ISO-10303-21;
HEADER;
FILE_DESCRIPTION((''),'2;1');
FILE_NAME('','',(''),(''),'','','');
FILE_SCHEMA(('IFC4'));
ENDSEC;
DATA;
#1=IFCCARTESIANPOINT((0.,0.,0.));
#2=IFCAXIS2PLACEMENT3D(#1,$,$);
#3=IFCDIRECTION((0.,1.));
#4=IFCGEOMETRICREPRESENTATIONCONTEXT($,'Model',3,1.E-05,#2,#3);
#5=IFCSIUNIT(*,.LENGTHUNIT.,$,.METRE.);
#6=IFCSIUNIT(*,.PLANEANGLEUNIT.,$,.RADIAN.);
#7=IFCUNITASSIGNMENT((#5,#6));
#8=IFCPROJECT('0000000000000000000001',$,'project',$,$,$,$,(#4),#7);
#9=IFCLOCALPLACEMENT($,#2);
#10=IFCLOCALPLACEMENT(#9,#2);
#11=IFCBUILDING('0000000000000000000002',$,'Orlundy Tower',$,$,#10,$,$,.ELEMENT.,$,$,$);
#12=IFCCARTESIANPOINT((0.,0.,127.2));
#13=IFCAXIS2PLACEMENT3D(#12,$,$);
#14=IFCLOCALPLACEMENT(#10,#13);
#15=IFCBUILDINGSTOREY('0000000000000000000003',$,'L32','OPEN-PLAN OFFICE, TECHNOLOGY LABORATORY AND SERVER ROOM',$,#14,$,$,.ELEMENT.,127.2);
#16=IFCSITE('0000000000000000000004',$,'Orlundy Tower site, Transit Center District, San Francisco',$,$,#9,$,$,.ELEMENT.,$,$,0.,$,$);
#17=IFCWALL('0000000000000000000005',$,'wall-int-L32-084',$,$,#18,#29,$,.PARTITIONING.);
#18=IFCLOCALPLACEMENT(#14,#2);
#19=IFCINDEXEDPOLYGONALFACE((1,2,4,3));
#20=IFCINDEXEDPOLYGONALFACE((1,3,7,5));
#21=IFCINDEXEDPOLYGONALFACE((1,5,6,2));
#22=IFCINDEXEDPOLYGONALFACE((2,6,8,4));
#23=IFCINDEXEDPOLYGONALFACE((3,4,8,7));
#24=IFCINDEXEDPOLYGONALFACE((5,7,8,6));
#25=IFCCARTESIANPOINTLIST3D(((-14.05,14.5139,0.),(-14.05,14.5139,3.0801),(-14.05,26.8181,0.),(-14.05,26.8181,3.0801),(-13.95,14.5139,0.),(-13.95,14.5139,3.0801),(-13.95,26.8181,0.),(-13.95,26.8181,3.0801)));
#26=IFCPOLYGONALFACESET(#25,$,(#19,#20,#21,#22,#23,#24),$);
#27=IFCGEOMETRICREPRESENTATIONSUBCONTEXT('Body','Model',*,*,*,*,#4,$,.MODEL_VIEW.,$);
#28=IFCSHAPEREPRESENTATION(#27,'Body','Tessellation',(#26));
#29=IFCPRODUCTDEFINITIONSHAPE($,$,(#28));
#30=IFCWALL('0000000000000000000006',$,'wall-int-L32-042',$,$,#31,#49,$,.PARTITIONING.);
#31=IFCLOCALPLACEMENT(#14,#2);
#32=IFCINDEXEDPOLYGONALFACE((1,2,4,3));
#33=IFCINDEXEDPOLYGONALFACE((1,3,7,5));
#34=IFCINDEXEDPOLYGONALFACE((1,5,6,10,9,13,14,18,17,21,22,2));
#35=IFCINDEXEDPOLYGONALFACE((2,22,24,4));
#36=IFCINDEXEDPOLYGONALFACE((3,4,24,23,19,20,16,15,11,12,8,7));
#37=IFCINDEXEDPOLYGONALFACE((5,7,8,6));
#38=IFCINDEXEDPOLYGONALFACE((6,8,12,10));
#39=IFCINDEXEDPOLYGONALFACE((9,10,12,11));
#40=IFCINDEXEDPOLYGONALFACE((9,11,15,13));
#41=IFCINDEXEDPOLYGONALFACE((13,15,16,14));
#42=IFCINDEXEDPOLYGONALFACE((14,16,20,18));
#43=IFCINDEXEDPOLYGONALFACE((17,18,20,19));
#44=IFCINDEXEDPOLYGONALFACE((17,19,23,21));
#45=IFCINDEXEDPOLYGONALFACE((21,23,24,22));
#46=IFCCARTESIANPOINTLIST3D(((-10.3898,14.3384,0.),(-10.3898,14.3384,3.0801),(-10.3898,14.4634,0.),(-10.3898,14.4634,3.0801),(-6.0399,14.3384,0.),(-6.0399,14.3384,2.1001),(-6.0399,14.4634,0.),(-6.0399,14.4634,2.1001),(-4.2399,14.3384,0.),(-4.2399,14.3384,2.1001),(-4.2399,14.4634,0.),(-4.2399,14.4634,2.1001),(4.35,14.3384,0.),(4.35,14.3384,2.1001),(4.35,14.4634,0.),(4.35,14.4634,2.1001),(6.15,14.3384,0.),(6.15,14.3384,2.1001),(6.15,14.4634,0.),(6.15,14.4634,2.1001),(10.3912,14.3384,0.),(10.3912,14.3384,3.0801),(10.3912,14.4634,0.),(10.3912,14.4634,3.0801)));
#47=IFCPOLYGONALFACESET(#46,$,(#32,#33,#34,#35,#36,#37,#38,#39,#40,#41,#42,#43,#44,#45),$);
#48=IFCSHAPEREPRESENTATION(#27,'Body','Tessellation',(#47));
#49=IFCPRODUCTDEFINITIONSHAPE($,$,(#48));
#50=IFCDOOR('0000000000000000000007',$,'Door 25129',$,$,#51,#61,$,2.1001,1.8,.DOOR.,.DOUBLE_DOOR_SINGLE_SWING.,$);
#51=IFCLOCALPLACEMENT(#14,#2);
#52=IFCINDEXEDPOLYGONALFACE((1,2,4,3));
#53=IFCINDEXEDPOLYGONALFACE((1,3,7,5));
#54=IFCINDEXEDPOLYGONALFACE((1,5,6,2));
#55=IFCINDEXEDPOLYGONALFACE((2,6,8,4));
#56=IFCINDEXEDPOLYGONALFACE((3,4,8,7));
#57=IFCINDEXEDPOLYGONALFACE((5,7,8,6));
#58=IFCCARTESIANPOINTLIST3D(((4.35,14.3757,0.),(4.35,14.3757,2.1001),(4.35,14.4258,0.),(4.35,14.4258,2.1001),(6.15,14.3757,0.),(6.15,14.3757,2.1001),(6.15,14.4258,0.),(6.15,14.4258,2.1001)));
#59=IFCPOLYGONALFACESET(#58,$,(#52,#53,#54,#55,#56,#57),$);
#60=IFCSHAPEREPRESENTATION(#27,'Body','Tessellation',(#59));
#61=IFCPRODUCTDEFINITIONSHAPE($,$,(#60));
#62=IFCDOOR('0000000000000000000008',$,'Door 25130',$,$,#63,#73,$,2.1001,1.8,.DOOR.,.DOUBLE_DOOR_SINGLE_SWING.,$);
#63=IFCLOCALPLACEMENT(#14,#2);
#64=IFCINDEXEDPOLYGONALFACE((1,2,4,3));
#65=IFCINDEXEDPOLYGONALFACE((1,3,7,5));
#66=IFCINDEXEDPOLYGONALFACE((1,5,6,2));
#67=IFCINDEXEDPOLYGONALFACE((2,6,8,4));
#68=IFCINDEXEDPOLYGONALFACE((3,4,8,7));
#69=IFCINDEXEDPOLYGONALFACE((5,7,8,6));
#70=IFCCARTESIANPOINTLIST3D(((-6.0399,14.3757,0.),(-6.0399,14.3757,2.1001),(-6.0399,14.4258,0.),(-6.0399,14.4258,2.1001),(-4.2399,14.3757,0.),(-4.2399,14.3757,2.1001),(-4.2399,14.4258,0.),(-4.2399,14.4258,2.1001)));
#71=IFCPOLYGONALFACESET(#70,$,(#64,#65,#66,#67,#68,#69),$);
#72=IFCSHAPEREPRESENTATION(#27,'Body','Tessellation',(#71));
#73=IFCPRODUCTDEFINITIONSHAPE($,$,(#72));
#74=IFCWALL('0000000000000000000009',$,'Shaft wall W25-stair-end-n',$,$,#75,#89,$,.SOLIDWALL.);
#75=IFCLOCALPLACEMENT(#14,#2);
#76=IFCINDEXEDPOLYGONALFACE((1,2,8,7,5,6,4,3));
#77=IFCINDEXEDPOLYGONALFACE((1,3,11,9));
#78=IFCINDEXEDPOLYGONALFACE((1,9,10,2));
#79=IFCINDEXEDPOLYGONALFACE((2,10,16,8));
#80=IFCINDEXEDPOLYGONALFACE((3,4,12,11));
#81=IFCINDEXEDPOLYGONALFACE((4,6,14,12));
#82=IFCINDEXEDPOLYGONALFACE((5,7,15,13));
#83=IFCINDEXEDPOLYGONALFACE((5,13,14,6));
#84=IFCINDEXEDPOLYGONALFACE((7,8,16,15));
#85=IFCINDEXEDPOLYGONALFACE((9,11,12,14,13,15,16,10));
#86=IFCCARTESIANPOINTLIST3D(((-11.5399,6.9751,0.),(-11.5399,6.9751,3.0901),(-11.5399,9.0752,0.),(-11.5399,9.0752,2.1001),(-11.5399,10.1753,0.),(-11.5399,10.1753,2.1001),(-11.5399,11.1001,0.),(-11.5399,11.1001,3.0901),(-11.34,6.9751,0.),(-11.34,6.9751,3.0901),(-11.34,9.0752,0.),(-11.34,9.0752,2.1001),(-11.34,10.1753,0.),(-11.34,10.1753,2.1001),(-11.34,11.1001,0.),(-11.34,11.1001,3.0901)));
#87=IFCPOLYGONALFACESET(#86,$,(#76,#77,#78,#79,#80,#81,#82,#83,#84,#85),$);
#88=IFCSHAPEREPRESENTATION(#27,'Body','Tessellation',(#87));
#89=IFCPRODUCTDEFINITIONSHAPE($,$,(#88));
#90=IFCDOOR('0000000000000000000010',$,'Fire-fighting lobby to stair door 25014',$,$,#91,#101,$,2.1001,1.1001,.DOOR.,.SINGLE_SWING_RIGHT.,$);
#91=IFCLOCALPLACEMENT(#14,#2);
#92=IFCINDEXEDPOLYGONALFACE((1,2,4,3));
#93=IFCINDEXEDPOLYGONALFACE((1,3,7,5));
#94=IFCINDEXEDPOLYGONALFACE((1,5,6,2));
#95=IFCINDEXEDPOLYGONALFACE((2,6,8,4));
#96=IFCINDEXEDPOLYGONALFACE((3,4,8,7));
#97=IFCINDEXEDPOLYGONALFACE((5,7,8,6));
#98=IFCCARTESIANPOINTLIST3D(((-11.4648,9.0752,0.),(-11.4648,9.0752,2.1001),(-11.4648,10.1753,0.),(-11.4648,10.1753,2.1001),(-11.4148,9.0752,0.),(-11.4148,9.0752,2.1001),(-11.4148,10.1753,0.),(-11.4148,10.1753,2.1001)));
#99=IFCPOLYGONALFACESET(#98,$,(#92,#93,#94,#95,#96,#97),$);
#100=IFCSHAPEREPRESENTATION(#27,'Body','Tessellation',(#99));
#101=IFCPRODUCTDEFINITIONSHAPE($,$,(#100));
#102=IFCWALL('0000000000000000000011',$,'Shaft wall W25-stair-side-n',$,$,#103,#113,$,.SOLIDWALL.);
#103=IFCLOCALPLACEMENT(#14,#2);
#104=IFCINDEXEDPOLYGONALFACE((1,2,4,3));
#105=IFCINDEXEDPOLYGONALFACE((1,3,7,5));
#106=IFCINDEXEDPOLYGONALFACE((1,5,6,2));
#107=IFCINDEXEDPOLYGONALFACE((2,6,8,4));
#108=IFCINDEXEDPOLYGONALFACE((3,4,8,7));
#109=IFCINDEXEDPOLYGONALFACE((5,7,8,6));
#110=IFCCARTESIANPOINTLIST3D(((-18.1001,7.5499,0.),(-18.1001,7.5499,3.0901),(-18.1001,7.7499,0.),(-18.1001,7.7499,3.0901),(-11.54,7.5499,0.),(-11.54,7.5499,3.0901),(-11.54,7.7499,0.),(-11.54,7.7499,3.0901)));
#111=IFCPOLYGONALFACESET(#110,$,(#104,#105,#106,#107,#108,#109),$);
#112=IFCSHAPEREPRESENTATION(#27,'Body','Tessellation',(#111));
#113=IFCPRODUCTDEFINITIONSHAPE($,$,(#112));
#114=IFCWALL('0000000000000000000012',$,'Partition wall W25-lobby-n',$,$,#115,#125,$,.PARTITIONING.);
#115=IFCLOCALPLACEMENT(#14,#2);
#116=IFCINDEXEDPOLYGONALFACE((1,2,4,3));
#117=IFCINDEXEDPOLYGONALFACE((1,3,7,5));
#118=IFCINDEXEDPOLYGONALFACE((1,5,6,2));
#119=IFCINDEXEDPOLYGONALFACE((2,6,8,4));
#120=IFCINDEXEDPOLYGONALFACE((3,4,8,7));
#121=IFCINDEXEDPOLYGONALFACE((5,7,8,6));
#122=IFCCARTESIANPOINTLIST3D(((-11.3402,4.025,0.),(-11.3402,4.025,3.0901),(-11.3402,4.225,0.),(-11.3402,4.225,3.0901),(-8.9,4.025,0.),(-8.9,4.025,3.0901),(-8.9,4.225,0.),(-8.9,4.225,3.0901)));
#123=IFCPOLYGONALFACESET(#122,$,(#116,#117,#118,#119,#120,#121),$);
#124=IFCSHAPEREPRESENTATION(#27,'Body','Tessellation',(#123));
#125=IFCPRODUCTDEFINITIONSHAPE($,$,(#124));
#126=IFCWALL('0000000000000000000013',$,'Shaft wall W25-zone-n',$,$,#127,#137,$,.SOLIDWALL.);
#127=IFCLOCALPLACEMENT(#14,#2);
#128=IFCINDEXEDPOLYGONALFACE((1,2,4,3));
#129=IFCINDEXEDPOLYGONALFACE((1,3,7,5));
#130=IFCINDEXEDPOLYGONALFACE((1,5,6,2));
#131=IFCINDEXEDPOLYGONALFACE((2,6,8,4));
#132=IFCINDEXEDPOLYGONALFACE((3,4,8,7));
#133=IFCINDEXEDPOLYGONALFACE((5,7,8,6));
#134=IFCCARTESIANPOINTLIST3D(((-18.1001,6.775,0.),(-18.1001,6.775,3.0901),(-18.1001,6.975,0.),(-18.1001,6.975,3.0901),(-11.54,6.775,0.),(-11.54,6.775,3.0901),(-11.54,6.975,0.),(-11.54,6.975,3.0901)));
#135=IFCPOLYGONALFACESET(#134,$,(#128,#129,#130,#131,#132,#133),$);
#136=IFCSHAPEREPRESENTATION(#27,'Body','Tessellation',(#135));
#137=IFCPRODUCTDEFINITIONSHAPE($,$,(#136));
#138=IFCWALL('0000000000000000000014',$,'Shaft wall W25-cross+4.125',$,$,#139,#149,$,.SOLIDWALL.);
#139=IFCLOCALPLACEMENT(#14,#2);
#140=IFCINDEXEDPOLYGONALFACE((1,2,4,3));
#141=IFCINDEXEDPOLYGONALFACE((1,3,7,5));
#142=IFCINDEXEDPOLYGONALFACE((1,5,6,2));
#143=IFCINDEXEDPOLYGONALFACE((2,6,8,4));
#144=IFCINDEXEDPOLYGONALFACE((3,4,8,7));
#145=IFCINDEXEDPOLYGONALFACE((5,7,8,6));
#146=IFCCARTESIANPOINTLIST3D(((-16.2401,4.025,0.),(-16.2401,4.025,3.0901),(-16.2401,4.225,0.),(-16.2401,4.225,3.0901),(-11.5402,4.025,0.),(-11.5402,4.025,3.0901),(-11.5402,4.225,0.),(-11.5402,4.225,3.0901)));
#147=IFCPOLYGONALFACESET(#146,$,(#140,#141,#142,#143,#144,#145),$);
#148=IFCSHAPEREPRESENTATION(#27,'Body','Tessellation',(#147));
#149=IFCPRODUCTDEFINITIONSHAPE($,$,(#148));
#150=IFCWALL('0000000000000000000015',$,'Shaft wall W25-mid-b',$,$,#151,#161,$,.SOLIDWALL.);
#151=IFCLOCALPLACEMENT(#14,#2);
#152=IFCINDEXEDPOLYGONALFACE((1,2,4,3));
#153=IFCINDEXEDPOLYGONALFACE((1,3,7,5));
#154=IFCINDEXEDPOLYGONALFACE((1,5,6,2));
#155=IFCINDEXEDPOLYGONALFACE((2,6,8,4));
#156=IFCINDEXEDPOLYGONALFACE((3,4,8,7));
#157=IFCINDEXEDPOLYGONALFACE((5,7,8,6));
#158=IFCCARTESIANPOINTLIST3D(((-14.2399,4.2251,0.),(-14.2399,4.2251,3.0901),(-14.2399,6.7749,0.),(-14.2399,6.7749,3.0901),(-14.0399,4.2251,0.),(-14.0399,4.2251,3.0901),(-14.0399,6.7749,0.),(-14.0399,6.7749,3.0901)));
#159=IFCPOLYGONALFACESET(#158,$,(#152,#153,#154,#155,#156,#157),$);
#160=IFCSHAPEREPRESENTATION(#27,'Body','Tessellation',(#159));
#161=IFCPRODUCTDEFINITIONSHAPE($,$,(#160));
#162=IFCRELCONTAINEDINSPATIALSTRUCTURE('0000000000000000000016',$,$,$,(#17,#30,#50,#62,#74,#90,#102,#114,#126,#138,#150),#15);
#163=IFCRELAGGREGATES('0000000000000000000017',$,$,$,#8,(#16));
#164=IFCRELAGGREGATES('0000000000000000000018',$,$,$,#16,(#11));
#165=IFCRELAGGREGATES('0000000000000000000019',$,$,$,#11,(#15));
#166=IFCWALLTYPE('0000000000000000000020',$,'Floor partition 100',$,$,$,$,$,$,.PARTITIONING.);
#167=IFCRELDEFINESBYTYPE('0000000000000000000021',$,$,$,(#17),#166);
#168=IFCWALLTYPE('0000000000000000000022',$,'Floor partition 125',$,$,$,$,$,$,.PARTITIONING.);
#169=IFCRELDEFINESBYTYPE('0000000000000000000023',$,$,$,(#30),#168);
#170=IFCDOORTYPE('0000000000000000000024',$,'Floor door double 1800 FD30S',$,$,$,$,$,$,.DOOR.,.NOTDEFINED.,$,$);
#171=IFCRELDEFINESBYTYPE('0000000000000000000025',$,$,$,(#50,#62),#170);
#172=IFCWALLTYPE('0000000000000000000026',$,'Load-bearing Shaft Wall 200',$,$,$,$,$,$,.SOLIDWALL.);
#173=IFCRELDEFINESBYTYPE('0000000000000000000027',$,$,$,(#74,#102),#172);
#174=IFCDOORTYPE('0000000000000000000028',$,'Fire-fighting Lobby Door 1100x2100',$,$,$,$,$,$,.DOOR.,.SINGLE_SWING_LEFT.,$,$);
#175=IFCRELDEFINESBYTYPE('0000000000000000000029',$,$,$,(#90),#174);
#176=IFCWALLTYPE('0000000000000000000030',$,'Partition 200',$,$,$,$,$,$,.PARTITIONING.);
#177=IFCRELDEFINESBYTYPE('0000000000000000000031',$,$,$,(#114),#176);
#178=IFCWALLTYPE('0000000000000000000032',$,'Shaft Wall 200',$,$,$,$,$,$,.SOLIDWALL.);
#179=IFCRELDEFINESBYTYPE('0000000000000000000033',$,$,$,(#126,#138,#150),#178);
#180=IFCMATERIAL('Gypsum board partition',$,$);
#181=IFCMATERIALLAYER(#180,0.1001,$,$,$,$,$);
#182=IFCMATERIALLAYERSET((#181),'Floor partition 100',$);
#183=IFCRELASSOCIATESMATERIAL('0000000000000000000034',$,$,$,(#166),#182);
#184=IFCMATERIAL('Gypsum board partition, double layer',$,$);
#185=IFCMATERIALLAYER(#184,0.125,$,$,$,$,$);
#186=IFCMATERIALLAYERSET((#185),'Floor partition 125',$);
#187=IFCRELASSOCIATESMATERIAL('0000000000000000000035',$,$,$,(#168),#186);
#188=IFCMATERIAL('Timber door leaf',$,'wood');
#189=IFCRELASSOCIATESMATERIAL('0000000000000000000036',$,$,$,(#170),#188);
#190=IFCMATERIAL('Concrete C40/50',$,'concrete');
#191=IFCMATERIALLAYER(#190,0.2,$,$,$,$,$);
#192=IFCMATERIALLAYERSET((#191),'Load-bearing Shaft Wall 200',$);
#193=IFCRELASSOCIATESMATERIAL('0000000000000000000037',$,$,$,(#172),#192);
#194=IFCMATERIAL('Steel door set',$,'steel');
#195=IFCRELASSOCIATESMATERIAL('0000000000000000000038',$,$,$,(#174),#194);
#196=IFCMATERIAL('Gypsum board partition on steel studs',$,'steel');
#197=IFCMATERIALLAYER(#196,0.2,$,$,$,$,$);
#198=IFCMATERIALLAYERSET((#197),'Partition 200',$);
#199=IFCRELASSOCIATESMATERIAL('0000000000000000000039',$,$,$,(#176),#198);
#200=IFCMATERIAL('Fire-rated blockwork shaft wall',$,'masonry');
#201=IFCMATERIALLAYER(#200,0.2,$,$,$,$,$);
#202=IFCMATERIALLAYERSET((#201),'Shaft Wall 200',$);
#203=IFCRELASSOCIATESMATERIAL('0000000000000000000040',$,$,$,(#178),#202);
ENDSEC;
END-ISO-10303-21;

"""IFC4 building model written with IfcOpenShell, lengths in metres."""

from ifc_helpers import new_model, si_unit, direction, frame, frame_2d, origin, place, context, subcontext, project, spatial, rectangle, extrude, material, layer, layer_set, type_object, element, fill, save


model = new_model("IFC4")

# Units and contexts
model_context = context("Model", 3, precision=1e-05, world=origin(), true_north=direction((0.0, 1.0)))
body_context = subcontext(model_context, "Body", "Model", "MODEL_VIEW")
ifc_project = project(units=[si_unit("LENGTHUNIT", "METRE"), si_unit("PLANEANGLEUNIT", "RADIAN")], contexts=[model_context])

# Site, building, storey
site_placement = place(None, origin())
site = spatial("IfcSite", under=ifc_project, at=site_placement, Name="Orlundy Tower site, Transit Center District, San Francisco", CompositionType="ELEMENT", RefElevation=0.0)
building_placement = place(site_placement, origin())
building = spatial("IfcBuilding", under=site, at=building_placement, Name="Orlundy Tower", CompositionType="ELEMENT")
storey_placement = place(building_placement, frame((0.0, 0.0, 127.2)))
storey = spatial("IfcBuildingStorey", under=building, at=storey_placement, Name="L32", Description="OPEN-PLAN OFFICE, TECHNOLOGY LABORATORY AND SERVER ROOM", CompositionType="ELEMENT", Elevation=127.2)

# Wall
ifc_material_1 = material(Name="Gypsum board partition")
ifc_layer_1 = layer(ifc_material_1, 0.1001)
ifc_layer_set_1 = layer_set([ifc_layer_1], Name="Floor partition 100")
wall_type_1 = type_object("IfcWallType", Name="Floor partition 100", PredefinedType="PARTITIONING", material=ifc_layer_set_1)
wall_1_placement = place(storey_placement, frame((-14.0, 14.5139, 0.0), z_axis=(0.0, 0.0, 1.0), x_axis=(0.0, 1.0, 0.0)))
element("IfcWall", 1, at=wall_1_placement, inside=storey, type_object=wall_type_1, Name="wall-int-L32-084", PredefinedType="PARTITIONING", context=body_context, shape_type="SweptSolid", body=[
    extrude(rectangle(XDim=12.3042, YDim=0.1001, at=frame_2d((6.1521, 0.0))), origin(), (0.0, 0.0, 1.0), 3.0801),
])

# Wall, openings, doors
ifc_material_2 = material(Name="Gypsum board partition, double layer")
ifc_layer_2 = layer(ifc_material_2, 0.125)
ifc_layer_set_2 = layer_set([ifc_layer_2], Name="Floor partition 125")
wall_type_2 = type_object("IfcWallType", Name="Floor partition 125", PredefinedType="PARTITIONING", material=ifc_layer_set_2)
wall_2_placement = place(storey_placement, frame((-10.3899, 14.4009, 0.0), z_axis=(0.0, 0.0, 1.0), x_axis=(1.0, 0.0, 0.0)))
wall_2 = element("IfcWall", 2, at=wall_2_placement, inside=storey, type_object=wall_type_2, Name="wall-int-L32-042", PredefinedType="PARTITIONING", context=body_context, shape_type="SweptSolid", body=[
    extrude(rectangle(XDim=20.781, YDim=0.125, at=frame_2d((10.3906, 0.0))), origin(), (0.0, 0.0, 1.0), 3.0801),
])
opening_1_placement = place(wall_2_placement, frame((14.74, 0.0, 0.0)))
opening_1 = element("IfcOpeningElement", 3, at=opening_1_placement, cuts=wall_2, PredefinedType="OPENING", context=body_context, shape_type="SweptSolid", body=[
    extrude(rectangle(XDim=1.8, YDim=2.1001, at=frame_2d((0.8999, 1.05))), frame((0.0, 0.0725, 0.0), z_axis=(0.0, -1.0, 0.0), x_axis=(1.0, 0.0, 0.0)), (0.0, 0.0, 1.0), 0.145),
])
opening_2_placement = place(wall_2_placement, frame((4.3501, 0.0, 0.0)))
opening_2 = element("IfcOpeningElement", 4, at=opening_2_placement, cuts=wall_2, PredefinedType="OPENING", context=body_context, shape_type="SweptSolid", body=[
    extrude(rectangle(XDim=1.8, YDim=2.1001, at=frame_2d((0.8999, 1.05))), frame((0.0, 0.0725, 0.0), z_axis=(0.0, -1.0, 0.0), x_axis=(1.0, 0.0, 0.0)), (0.0, 0.0, 1.0), 0.145),
])
ifc_material_3 = material(Name="Timber door leaf", Category="wood")
door_type_1 = type_object("IfcDoorType", Name="Floor door double 1800 FD30S", OperationType="NOTDEFINED", PredefinedType="DOOR", material=ifc_material_3)
door_1_placement = place(opening_1_placement, origin())
door_1 = element("IfcDoor", 5, at=door_1_placement, inside=storey, type_object=door_type_1, Name="Door 25129", OperationType="DOUBLE_DOOR_SINGLE_SWING", OverallHeight=2.1001, OverallWidth=1.8, PredefinedType="DOOR", context=body_context, shape_type="SweptSolid", body=[
    extrude(rectangle(XDim=1.8, YDim=2.1001, at=frame_2d((0.8999, 1.05))), frame((0.0, 0.0249, 0.0), z_axis=(0.0, -1.0, 0.0), x_axis=(1.0, 0.0, 0.0)), (0.0, 0.0, 1.0), 0.05),
])
fill(opening_1, door_1)
door_2_placement = place(opening_2_placement, origin())
door_2 = element("IfcDoor", 6, at=door_2_placement, inside=storey, type_object=door_type_1, Name="Door 25130", OperationType="DOUBLE_DOOR_SINGLE_SWING", OverallHeight=2.1001, OverallWidth=1.8, PredefinedType="DOOR", context=body_context, shape_type="SweptSolid", body=[
    extrude(rectangle(XDim=1.8, YDim=2.1001, at=frame_2d((0.8999, 1.05))), frame((0.0, 0.0249, 0.0), z_axis=(0.0, -1.0, 0.0), x_axis=(1.0, 0.0, 0.0)), (0.0, 0.0, 1.0), 0.05),
])
fill(opening_2, door_2)

# Wall, opening, door
ifc_material_4 = material(Name="Concrete C40/50", Category="concrete")
ifc_layer_3 = layer(ifc_material_4, 0.2)
ifc_layer_set_3 = layer_set([ifc_layer_3], Name="Load-bearing Shaft Wall 200")
wall_type_3 = type_object("IfcWallType", Name="Load-bearing Shaft Wall 200", PredefinedType="SOLIDWALL", material=ifc_layer_set_3)
wall_3_placement = place(storey_placement, frame((-11.4399, 6.9751, 0.0), z_axis=(0.0, 0.0, 1.0), x_axis=(0.0, 1.0, 0.0)))
wall_3 = element("IfcWall", 7, at=wall_3_placement, inside=storey, type_object=wall_type_3, Name="Shaft wall W25-stair-end-n", PredefinedType="SOLIDWALL", context=body_context, shape_type="SweptSolid", body=[
    extrude(rectangle(XDim=4.125, YDim=0.2, at=frame_2d((2.0625, 0.0))), origin(), (0.0, 0.0, 1.0), 3.0901),
])
opening_3_placement = place(wall_3_placement, frame((2.1001, 0.0, 0.0)))
opening_3 = element("IfcOpeningElement", 8, at=opening_3_placement, cuts=wall_3, PredefinedType="OPENING", context=body_context, shape_type="SweptSolid", body=[
    extrude(rectangle(XDim=1.1001, YDim=2.1001, at=frame_2d((0.55, 1.05))), frame((0.0, 0.1101, 0.0), z_axis=(0.0, -1.0, 0.0), x_axis=(1.0, 0.0, 0.0)), (0.0, 0.0, 1.0), 0.2202),
])
ifc_material_5 = material(Name="Steel door set", Category="steel")
door_type_2 = type_object("IfcDoorType", Name="Fire-fighting Lobby Door 1100x2100", OperationType="SINGLE_SWING_LEFT", PredefinedType="DOOR", material=ifc_material_5)
door_3_placement = place(opening_3_placement, origin())
door_3 = element("IfcDoor", 9, at=door_3_placement, inside=storey, type_object=door_type_2, Name="Fire-fighting lobby to stair door 25014", OperationType="SINGLE_SWING_RIGHT", OverallHeight=2.1001, OverallWidth=1.1001, PredefinedType="DOOR", context=body_context, shape_type="SweptSolid", body=[
    extrude(rectangle(XDim=1.1001, YDim=2.1001, at=frame_2d((0.55, 1.05))), frame((0.0, 0.0249, 0.0), z_axis=(0.0, -1.0, 0.0), x_axis=(1.0, 0.0, 0.0)), (0.0, 0.0, 1.0), 0.05),
])
fill(opening_3, door_3)

# Walls
wall_4_placement = place(storey_placement, frame((-11.54, 7.6499, 0.0), z_axis=(0.0, 0.0, 1.0), x_axis=(-1.0, 0.0, 0.0)))
element("IfcWall", 10, at=wall_4_placement, inside=storey, type_object=wall_type_3, Name="Shaft wall W25-stair-side-n", PredefinedType="SOLIDWALL", context=body_context, shape_type="SweptSolid", body=[
    extrude(rectangle(XDim=6.5601, YDim=0.2, at=frame_2d((3.28, 0.0))), origin(), (0.0, 0.0, 1.0), 3.0901),
])
ifc_material_6 = material(Name="Gypsum board partition on steel studs", Category="steel")
ifc_layer_4 = layer(ifc_material_6, 0.2)
ifc_layer_set_4 = layer_set([ifc_layer_4], Name="Partition 200")
wall_type_4 = type_object("IfcWallType", Name="Partition 200", PredefinedType="PARTITIONING", material=ifc_layer_set_4)
wall_5_placement = place(storey_placement, frame((-8.8999, 4.125, 0.0), z_axis=(0.0, 0.0, 1.0), x_axis=(-1.0, 0.0, 0.0)))
element("IfcWall", 11, at=wall_5_placement, inside=storey, type_object=wall_type_4, Name="Partition wall W25-lobby-n", PredefinedType="PARTITIONING", context=body_context, shape_type="SweptSolid", body=[
    extrude(rectangle(XDim=2.4402, YDim=0.2, at=frame_2d((1.2202, 0.0))), origin(), (0.0, 0.0, 1.0), 3.0901),
])
ifc_material_7 = material(Name="Fire-rated blockwork shaft wall", Category="masonry")
ifc_layer_5 = layer(ifc_material_7, 0.2)
ifc_layer_set_5 = layer_set([ifc_layer_5], Name="Shaft Wall 200")
wall_type_5 = type_object("IfcWallType", Name="Shaft Wall 200", PredefinedType="SOLIDWALL", material=ifc_layer_set_5)
wall_6_placement = place(storey_placement, frame((-11.54, 6.875, 0.0), z_axis=(0.0, 0.0, 1.0), x_axis=(-1.0, 0.0, 0.0)))
element("IfcWall", 12, at=wall_6_placement, inside=storey, type_object=wall_type_5, Name="Shaft wall W25-zone-n", PredefinedType="SOLIDWALL", context=body_context, shape_type="SweptSolid", body=[
    extrude(rectangle(XDim=6.5601, YDim=0.2, at=frame_2d((3.28, 0.0))), origin(), (0.0, 0.0, 1.0), 3.0901),
])
wall_7_placement = place(storey_placement, frame((-11.54, 4.125, 0.0), z_axis=(0.0, 0.0, 1.0), x_axis=(-1.0, 0.0, 0.0)))
element("IfcWall", 13, at=wall_7_placement, inside=storey, type_object=wall_type_5, Name="Shaft wall W25-cross+4.125", PredefinedType="SOLIDWALL", context=body_context, shape_type="SweptSolid", body=[
    extrude(rectangle(XDim=4.7, YDim=0.2, at=frame_2d((2.3501, 0.0))), origin(), (0.0, 0.0, 1.0), 3.0901),
])
wall_8_placement = place(storey_placement, frame((-14.1399, 4.2251, 0.0), z_axis=(0.0, 0.0, 1.0), x_axis=(0.0, 1.0, 0.0)))
element("IfcWall", 14, at=wall_8_placement, inside=storey, type_object=wall_type_5, Name="Shaft wall W25-mid-b", PredefinedType="SOLIDWALL", context=body_context, shape_type="SweptSolid", body=[
    extrude(rectangle(XDim=2.5498, YDim=0.2, at=frame_2d((1.2749, 0.0))), origin(), (0.0, 0.0, 1.0), 3.0901),
])

save(model, "model.ifc")
